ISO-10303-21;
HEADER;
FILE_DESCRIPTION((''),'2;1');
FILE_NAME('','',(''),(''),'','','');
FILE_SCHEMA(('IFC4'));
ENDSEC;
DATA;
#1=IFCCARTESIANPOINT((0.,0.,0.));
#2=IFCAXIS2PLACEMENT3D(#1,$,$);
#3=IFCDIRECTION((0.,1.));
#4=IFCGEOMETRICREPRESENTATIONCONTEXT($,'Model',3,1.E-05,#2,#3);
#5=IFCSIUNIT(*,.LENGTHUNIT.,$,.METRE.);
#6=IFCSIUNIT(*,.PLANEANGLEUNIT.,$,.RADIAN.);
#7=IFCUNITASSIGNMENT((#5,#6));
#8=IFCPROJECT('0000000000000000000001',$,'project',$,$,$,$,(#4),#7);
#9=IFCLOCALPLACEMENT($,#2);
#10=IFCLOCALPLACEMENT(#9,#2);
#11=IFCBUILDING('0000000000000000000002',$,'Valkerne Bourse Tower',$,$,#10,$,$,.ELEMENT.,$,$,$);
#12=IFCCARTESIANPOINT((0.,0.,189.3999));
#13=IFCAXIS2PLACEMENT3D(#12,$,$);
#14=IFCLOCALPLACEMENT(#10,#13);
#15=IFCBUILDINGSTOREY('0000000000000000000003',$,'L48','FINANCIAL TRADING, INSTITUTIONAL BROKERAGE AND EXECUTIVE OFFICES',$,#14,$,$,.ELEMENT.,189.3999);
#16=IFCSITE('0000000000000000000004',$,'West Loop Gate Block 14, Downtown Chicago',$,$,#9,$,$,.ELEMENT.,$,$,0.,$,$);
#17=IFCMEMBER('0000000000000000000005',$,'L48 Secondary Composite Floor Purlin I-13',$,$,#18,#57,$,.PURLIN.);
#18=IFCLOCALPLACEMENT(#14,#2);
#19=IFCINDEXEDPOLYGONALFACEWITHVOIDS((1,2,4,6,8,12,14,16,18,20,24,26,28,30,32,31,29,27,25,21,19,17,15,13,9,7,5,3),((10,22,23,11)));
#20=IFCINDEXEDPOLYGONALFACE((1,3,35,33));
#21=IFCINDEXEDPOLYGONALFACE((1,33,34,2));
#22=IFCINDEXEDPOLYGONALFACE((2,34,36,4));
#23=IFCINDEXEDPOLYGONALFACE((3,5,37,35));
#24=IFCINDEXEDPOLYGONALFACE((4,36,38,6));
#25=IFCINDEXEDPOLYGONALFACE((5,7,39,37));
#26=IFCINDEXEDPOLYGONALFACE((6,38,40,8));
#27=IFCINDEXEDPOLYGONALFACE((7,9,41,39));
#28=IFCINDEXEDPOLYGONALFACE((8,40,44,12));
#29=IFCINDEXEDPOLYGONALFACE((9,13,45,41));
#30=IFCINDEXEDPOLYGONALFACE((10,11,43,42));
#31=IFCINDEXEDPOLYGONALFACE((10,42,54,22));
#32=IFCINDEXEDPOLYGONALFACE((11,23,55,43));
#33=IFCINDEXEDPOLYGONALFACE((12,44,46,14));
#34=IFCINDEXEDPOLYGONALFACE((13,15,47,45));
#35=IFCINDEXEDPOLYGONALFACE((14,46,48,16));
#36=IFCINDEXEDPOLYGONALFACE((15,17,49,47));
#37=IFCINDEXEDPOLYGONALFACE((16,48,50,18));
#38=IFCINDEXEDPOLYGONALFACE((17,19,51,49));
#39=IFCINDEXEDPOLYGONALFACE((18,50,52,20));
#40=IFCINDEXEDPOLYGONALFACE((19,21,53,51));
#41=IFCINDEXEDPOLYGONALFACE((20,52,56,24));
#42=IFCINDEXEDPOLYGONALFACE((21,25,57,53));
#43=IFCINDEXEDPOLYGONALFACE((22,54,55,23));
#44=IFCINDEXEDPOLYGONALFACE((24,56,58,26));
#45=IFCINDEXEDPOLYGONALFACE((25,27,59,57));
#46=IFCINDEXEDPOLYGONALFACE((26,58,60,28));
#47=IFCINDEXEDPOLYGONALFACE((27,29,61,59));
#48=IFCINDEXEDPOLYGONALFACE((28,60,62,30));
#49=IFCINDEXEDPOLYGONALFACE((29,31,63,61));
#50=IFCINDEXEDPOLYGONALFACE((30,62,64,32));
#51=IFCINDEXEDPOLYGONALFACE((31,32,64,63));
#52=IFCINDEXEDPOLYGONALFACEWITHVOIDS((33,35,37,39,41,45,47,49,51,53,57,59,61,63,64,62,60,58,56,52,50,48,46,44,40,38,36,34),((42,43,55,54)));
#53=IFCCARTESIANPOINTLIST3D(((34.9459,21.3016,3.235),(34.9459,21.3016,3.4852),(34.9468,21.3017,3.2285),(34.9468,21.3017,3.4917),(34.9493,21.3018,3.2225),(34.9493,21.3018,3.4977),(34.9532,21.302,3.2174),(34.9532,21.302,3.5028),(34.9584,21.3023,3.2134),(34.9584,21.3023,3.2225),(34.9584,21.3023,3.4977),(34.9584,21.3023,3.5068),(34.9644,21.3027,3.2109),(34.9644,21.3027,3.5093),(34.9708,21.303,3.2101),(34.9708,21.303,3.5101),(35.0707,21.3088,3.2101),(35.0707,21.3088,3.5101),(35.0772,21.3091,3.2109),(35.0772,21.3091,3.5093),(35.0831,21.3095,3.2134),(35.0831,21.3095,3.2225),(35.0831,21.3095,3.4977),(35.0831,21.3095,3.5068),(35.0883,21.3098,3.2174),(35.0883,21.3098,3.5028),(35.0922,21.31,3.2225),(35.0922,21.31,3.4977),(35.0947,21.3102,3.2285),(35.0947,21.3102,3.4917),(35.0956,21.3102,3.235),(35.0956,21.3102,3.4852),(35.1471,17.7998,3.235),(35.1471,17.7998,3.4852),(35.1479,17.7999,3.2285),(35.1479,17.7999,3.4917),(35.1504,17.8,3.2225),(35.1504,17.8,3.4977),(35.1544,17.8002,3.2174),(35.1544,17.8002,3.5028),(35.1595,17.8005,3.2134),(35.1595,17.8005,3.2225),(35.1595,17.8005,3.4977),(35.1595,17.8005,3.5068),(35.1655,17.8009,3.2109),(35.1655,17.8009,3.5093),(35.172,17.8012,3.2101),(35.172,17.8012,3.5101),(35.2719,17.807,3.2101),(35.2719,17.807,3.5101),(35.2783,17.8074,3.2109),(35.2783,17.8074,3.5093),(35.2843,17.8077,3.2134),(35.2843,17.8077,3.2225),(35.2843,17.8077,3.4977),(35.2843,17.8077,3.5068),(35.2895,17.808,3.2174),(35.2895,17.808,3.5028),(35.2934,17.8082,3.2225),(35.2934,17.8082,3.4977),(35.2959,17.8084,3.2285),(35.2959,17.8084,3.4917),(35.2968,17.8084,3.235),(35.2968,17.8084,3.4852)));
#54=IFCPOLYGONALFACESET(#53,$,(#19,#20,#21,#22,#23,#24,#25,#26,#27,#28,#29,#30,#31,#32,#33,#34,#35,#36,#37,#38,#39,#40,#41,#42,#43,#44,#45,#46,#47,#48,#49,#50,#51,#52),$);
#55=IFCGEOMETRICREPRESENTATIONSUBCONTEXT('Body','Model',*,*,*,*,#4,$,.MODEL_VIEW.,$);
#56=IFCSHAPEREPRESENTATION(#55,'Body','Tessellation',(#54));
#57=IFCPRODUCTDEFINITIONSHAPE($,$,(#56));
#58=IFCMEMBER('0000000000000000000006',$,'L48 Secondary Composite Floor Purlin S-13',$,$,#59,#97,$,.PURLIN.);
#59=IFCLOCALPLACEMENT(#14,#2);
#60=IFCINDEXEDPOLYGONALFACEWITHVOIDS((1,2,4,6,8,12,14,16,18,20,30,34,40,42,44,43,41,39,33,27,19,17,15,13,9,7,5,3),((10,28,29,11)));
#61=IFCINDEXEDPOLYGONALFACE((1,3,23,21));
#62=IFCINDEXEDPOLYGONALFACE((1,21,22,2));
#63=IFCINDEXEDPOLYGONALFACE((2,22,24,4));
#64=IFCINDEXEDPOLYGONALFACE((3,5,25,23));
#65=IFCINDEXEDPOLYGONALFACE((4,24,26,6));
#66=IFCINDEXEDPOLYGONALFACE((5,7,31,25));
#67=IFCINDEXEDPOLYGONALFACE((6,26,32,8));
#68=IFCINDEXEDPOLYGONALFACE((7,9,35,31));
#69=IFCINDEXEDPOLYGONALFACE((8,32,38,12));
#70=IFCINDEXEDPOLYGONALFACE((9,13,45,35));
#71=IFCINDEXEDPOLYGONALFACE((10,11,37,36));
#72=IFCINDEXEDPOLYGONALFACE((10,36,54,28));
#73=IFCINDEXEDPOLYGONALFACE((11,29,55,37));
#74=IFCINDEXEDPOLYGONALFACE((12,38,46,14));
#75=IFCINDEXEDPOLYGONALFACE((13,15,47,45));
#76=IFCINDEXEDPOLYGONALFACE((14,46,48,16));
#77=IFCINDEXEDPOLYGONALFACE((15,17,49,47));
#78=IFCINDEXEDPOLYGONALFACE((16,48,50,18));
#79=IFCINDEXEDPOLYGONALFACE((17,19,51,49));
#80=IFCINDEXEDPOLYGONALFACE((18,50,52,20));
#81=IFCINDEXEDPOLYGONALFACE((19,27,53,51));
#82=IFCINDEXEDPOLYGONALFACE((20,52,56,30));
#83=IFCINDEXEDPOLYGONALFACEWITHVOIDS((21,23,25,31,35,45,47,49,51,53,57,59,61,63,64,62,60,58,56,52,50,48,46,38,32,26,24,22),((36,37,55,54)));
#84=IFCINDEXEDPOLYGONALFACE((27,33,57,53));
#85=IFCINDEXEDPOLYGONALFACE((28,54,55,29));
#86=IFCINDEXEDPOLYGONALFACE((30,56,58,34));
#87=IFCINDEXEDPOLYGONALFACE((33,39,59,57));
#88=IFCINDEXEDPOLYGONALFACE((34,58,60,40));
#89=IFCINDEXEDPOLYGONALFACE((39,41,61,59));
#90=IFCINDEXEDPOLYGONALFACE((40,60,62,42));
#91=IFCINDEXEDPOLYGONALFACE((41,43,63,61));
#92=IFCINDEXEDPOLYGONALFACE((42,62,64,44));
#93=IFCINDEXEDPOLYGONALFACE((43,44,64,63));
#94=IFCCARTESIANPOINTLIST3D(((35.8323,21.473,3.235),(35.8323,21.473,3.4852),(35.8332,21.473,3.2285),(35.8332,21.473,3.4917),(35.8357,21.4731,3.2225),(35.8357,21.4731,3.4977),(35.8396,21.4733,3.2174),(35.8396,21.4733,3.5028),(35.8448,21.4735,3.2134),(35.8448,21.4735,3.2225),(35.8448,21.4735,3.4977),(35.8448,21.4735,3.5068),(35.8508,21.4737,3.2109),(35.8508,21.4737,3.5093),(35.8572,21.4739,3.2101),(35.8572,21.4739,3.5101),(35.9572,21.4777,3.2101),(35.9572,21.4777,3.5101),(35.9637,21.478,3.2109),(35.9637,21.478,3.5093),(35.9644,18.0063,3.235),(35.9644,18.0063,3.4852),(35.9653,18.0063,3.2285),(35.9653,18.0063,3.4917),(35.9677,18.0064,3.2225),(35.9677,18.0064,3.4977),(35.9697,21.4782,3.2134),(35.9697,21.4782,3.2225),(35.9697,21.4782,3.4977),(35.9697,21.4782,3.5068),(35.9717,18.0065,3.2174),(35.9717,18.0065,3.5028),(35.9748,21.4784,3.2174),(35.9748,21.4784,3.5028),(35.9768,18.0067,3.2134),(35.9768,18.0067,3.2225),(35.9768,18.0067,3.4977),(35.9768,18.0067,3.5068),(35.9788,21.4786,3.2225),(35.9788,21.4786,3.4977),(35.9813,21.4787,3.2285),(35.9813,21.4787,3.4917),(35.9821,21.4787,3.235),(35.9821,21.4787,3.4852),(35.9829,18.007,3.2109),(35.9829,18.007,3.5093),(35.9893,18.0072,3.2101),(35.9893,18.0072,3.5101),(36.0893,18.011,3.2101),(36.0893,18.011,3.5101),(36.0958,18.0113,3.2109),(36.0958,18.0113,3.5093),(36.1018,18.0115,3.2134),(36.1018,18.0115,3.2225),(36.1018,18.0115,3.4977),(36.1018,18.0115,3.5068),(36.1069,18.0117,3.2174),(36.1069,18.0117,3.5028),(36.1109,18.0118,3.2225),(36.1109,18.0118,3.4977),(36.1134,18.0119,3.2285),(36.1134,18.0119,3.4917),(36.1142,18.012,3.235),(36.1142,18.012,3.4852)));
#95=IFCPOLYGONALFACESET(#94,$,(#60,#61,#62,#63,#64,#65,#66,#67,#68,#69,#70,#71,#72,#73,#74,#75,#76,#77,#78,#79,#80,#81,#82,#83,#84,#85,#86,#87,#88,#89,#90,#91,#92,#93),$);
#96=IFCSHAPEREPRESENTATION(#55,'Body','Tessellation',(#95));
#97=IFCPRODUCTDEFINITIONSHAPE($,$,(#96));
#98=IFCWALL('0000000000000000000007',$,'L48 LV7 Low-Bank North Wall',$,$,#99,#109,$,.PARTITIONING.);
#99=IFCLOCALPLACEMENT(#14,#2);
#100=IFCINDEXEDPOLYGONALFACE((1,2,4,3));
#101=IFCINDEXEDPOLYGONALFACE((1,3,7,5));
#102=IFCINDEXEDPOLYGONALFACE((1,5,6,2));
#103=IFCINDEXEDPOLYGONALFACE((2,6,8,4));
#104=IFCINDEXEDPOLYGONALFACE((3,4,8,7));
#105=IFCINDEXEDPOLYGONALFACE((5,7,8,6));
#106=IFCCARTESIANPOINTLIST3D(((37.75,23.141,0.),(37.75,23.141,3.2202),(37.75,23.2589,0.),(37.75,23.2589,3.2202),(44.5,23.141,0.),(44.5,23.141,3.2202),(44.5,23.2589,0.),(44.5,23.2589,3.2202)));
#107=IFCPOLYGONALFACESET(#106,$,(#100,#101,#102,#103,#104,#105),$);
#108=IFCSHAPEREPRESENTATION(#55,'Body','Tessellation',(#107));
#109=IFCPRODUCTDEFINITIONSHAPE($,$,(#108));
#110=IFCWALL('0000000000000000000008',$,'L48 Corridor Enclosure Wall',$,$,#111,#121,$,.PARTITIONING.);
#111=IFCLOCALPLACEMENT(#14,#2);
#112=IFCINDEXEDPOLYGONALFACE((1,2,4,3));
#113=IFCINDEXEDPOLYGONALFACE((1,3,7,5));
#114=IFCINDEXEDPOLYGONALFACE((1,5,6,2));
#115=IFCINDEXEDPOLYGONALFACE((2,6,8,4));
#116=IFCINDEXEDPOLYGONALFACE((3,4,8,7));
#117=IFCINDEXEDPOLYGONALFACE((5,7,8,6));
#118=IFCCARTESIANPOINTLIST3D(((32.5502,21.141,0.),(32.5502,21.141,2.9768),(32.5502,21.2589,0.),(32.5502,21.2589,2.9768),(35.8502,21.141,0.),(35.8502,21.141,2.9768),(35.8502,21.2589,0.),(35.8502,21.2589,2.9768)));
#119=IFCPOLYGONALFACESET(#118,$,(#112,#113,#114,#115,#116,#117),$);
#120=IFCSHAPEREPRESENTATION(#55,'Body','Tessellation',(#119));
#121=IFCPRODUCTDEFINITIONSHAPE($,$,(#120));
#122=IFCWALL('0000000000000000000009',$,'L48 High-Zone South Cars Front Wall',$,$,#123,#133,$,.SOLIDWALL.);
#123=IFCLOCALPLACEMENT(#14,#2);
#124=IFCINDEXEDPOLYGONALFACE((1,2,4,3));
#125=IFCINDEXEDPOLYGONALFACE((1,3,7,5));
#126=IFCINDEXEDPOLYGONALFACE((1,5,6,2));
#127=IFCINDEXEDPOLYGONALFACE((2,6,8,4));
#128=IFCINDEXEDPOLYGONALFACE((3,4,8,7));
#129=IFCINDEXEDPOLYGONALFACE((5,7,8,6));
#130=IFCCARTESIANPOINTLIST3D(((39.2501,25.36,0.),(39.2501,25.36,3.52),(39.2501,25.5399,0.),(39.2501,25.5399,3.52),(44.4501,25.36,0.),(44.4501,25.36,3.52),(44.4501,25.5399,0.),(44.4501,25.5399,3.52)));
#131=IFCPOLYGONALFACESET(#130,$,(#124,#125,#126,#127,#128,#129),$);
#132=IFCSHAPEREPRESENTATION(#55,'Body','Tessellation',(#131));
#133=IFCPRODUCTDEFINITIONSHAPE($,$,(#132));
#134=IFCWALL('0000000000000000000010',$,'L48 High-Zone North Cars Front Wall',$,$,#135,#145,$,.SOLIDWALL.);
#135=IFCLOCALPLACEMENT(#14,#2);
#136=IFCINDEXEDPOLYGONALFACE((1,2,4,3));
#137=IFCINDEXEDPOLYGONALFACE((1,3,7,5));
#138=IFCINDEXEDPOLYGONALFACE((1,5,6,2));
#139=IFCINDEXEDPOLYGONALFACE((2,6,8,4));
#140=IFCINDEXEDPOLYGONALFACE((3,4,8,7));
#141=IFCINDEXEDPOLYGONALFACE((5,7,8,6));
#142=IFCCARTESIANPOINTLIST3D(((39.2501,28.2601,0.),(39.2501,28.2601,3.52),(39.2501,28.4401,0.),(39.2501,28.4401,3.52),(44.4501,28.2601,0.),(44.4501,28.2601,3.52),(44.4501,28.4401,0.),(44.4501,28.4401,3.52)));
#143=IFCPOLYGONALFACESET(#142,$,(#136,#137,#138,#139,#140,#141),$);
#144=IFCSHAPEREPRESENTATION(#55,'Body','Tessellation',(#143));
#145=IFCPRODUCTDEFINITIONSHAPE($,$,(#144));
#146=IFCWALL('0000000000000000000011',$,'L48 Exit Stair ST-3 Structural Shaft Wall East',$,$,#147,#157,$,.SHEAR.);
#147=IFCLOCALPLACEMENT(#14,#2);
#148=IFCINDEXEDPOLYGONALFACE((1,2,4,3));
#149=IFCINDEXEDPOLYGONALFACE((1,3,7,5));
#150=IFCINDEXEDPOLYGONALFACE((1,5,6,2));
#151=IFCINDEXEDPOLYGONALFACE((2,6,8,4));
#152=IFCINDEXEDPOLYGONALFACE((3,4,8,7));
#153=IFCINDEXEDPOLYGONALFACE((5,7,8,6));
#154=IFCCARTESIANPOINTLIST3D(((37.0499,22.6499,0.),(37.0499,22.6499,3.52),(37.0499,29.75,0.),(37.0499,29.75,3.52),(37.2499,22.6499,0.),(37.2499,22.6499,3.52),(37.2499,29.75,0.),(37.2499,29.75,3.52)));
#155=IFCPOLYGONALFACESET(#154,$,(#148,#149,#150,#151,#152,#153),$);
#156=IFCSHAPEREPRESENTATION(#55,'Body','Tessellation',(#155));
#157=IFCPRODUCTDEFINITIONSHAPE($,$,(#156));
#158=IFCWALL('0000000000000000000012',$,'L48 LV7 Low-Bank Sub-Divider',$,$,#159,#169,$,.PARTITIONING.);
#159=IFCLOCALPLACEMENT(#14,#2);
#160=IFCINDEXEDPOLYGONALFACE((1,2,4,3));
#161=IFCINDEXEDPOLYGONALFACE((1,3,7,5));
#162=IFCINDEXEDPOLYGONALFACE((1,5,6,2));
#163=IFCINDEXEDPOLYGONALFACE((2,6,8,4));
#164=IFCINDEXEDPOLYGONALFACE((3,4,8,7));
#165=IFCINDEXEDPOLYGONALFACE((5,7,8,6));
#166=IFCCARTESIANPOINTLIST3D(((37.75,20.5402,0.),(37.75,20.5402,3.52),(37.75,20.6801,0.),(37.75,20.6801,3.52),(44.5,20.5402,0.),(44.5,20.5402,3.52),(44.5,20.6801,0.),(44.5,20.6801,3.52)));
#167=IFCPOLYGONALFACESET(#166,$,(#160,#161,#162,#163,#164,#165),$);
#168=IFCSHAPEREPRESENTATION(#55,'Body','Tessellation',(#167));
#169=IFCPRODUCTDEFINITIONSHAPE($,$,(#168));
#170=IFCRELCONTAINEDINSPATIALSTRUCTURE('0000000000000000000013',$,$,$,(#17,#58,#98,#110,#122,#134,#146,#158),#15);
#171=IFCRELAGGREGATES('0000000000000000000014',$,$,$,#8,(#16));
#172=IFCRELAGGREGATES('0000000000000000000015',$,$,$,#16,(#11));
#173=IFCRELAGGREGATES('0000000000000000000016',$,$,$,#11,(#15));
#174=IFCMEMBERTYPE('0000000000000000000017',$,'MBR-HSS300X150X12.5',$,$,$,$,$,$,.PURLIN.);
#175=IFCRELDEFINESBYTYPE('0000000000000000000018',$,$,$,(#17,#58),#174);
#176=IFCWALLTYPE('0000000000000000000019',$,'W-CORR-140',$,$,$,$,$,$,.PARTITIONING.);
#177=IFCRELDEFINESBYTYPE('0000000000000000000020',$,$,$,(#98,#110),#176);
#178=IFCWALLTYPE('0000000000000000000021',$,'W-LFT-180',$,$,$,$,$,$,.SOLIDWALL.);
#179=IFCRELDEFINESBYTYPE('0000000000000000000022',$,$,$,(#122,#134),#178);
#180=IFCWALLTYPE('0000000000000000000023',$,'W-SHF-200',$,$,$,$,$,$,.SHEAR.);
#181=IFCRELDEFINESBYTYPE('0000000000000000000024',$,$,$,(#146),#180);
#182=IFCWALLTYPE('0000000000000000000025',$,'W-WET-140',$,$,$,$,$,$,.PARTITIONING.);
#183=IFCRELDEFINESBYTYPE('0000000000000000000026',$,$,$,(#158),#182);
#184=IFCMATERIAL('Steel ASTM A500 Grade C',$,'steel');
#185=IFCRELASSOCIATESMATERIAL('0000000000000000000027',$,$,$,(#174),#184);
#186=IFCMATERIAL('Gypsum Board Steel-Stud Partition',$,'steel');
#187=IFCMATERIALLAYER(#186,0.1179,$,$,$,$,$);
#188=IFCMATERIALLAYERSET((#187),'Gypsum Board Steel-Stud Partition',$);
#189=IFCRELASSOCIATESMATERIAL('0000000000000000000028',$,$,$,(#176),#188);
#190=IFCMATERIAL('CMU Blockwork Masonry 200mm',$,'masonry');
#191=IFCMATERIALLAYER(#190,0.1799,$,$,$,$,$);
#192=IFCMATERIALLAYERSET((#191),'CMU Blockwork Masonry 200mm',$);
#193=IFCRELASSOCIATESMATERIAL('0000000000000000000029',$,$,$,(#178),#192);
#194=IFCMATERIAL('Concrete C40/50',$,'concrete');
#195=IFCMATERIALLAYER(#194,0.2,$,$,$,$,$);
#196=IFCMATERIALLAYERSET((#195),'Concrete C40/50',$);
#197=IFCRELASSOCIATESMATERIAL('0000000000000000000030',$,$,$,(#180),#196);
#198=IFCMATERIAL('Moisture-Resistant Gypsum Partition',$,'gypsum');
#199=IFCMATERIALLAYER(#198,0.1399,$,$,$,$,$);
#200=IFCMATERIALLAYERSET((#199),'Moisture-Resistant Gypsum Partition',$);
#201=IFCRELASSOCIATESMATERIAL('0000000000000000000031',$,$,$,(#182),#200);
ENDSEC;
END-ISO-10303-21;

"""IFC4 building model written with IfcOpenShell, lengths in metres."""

from ifc_helpers import new_model, si_unit, direction, frame, frame_2d, origin, origin_2d, place, context, subcontext, project, spatial, rectangle, hollow_rectangle, extrude, material, layer, layer_set, material_profile, profile_set, type_object, element, save


model = new_model("IFC4")

# Units and contexts
model_context = context("Model", 3, precision=1e-05, world=origin(), true_north=direction((0.0, 1.0)))
body_context = subcontext(model_context, "Body", "Model", "MODEL_VIEW")
ifc_project = project(units=[si_unit("LENGTHUNIT", "METRE"), si_unit("PLANEANGLEUNIT", "RADIAN")], contexts=[model_context])

# Site, building, storey
site_placement = place(None, origin())
site = spatial("IfcSite", under=ifc_project, at=site_placement, Name="West Loop Gate Block 14, Downtown Chicago", CompositionType="ELEMENT", RefElevation=0.0)
building_placement = place(site_placement, origin())
building = spatial("IfcBuilding", under=site, at=building_placement, Name="Valkerne Bourse Tower", CompositionType="ELEMENT")
storey_placement = place(building_placement, frame((0.0, 0.0, 189.3999)))
storey = spatial("IfcBuildingStorey", under=building, at=storey_placement, Name="L48", Description="FINANCIAL TRADING, INSTITUTIONAL BROKERAGE AND EXECUTIVE OFFICES", CompositionType="ELEMENT", Elevation=189.3999)

# Members
ifc_material_1 = material(Name="Steel ASTM A500 Grade C", Category="steel")
ifc_material_profile_1 = material_profile(ifc_material_1, hollow_rectangle(XDim=0.1499, YDim=0.3, WallThickness=0.0125, OuterFilletRadius=0.0249, at=origin_2d()), Name="HSS300X150X12.5")
ifc_profile_set_1 = profile_set([ifc_material_profile_1], Name="Steel ASTM A500 Grade C")
member_type = type_object("IfcMemberType", Name="MBR-HSS300X150X12.5", PredefinedType="PURLIN", material=ifc_profile_set_1)
member_1_placement = place(storey_placement, frame((35.0208, 21.3059, 3.3601), z_axis=(0.057355, -0.998354, 0.0), x_axis=(0.998354, 0.057355, 0.0)))
element("IfcMember", 1, at=member_1_placement, inside=storey, type_object=member_type, Name="L48 Secondary Composite Floor Purlin I-13", PredefinedType="PURLIN", context=body_context, shape_type="SweptSolid", body=[
    extrude(hollow_rectangle(XDim=0.1499, YDim=0.3, WallThickness=0.0125, OuterFilletRadius=0.0249, at=origin_2d()), origin(), (0.0, 0.0, 1.0), 3.5076),
])
member_2_placement = place(storey_placement, frame((35.9072, 21.4758, 3.3601), z_axis=(0.038071, -0.999275, 0.0), x_axis=(0.999275, 0.038071, 0.0)))
element("IfcMember", 2, at=member_2_placement, inside=storey, type_object=member_type, Name="L48 Secondary Composite Floor Purlin S-13", PredefinedType="PURLIN", context=body_context, shape_type="SweptSolid", body=[
    extrude(hollow_rectangle(XDim=0.1499, YDim=0.3, WallThickness=0.0125, OuterFilletRadius=0.0249, at=origin_2d()), origin(), (0.0, 0.0, 1.0), 3.4692),
])

# Walls
ifc_material_2 = material(Name="Gypsum Board Steel-Stud Partition", Category="steel")
ifc_layer_1 = layer(ifc_material_2, 0.1179)
ifc_layer_set_1 = layer_set([ifc_layer_1], Name="Gypsum Board Steel-Stud Partition")
wall_type_1 = type_object("IfcWallType", Name="W-CORR-140", PredefinedType="PARTITIONING", material=ifc_layer_set_1)
wall_1_placement = place(storey_placement, frame((37.75, 23.2, 0.0), z_axis=(0.0, 0.0, 1.0), x_axis=(1.0, 0.0, 0.0)))
element("IfcWall", 3, at=wall_1_placement, inside=storey, type_object=wall_type_1, Name="L48 LV7 Low-Bank North Wall", PredefinedType="PARTITIONING", context=body_context, shape_type="SweptSolid", body=[
    extrude(rectangle(XDim=6.75, YDim=0.1179, at=frame_2d((3.375, 0.0))), origin(), (0.0, 0.0, 1.0), 3.2202),
])
wall_2_placement = place(storey_placement, frame((35.8501, 21.2, 0.0), z_axis=(0.0, 0.0, 1.0), x_axis=(-1.0, 0.0, 0.0)))
element("IfcWall", 4, at=wall_2_placement, inside=storey, type_object=wall_type_1, Name="L48 Corridor Enclosure Wall", PredefinedType="PARTITIONING", context=body_context, shape_type="SweptSolid", body=[
    extrude(rectangle(XDim=3.3, YDim=0.1179, at=frame_2d((1.6499, 0.0))), origin(), (0.0, 0.0, 1.0), 2.9768),
])
ifc_material_3 = material(Name="CMU Blockwork Masonry 200mm", Category="masonry")
ifc_layer_2 = layer(ifc_material_3, 0.1799)
ifc_layer_set_2 = layer_set([ifc_layer_2], Name="CMU Blockwork Masonry 200mm")
wall_type_2 = type_object("IfcWallType", Name="W-LFT-180", PredefinedType="SOLIDWALL", material=ifc_layer_set_2)
for number, where, z_axis, x_axis, name in (
    (5, (39.25, 25.45, 0.0), (0.0, 0.0, 1.0), (1.0, 0.0, 0.0), "L48 High-Zone South Cars Front Wall"),
    (6, (39.25, 28.3501, 0.0), (0.0, 0.0, 1.0), (1.0, 0.0, 0.0), "L48 High-Zone North Cars Front Wall"),
):
    element("IfcWall", number, at=place(storey_placement, frame(where, z_axis=z_axis, x_axis=x_axis)), inside=storey, type_object=wall_type_2, Name=name, PredefinedType="SOLIDWALL", context=body_context, shape_type="SweptSolid", body=[
        extrude(rectangle(XDim=5.2, YDim=0.1799, at=frame_2d((2.6001, 0.0))), origin(), (0.0, 0.0, 1.0), 3.52),
    ])
ifc_material_4 = material(Name="Concrete C40/50", Category="concrete")
ifc_layer_3 = layer(ifc_material_4, 0.2)
ifc_layer_set_3 = layer_set([ifc_layer_3], Name="Concrete C40/50")
wall_type_3 = type_object("IfcWallType", Name="W-SHF-200", PredefinedType="SHEAR", material=ifc_layer_set_3)
wall_3_placement = place(storey_placement, frame((37.1499, 22.6499, 0.0), z_axis=(0.0, 0.0, 1.0), x_axis=(0.0, 1.0, 0.0)))
element("IfcWall", 7, at=wall_3_placement, inside=storey, type_object=wall_type_3, Name="L48 Exit Stair ST-3 Structural Shaft Wall East", PredefinedType="SHEAR", context=body_context, shape_type="SweptSolid", body=[
    extrude(rectangle(XDim=7.1001, YDim=0.2, at=frame_2d((3.55, 0.0))), origin(), (0.0, 0.0, 1.0), 3.52),
])
ifc_material_5 = material(Name="Moisture-Resistant Gypsum Partition", Category="gypsum")
ifc_layer_4 = layer(ifc_material_5, 0.1399)
ifc_layer_set_4 = layer_set([ifc_layer_4], Name="Moisture-Resistant Gypsum Partition")
wall_type_4 = type_object("IfcWallType", Name="W-WET-140", PredefinedType="PARTITIONING", material=ifc_layer_set_4)
wall_4_placement = place(storey_placement, frame((37.75, 20.6101, 0.0), z_axis=(0.0, 0.0, 1.0), x_axis=(1.0, 0.0, 0.0)))
element("IfcWall", 8, at=wall_4_placement, inside=storey, type_object=wall_type_4, Name="L48 LV7 Low-Bank Sub-Divider", PredefinedType="PARTITIONING", context=body_context, shape_type="SweptSolid", body=[
    extrude(rectangle(XDim=6.75, YDim=0.1399, at=frame_2d((3.375, 0.0))), origin(), (0.0, 0.0, 1.0), 3.52),
])

save(model, "model.ifc")
